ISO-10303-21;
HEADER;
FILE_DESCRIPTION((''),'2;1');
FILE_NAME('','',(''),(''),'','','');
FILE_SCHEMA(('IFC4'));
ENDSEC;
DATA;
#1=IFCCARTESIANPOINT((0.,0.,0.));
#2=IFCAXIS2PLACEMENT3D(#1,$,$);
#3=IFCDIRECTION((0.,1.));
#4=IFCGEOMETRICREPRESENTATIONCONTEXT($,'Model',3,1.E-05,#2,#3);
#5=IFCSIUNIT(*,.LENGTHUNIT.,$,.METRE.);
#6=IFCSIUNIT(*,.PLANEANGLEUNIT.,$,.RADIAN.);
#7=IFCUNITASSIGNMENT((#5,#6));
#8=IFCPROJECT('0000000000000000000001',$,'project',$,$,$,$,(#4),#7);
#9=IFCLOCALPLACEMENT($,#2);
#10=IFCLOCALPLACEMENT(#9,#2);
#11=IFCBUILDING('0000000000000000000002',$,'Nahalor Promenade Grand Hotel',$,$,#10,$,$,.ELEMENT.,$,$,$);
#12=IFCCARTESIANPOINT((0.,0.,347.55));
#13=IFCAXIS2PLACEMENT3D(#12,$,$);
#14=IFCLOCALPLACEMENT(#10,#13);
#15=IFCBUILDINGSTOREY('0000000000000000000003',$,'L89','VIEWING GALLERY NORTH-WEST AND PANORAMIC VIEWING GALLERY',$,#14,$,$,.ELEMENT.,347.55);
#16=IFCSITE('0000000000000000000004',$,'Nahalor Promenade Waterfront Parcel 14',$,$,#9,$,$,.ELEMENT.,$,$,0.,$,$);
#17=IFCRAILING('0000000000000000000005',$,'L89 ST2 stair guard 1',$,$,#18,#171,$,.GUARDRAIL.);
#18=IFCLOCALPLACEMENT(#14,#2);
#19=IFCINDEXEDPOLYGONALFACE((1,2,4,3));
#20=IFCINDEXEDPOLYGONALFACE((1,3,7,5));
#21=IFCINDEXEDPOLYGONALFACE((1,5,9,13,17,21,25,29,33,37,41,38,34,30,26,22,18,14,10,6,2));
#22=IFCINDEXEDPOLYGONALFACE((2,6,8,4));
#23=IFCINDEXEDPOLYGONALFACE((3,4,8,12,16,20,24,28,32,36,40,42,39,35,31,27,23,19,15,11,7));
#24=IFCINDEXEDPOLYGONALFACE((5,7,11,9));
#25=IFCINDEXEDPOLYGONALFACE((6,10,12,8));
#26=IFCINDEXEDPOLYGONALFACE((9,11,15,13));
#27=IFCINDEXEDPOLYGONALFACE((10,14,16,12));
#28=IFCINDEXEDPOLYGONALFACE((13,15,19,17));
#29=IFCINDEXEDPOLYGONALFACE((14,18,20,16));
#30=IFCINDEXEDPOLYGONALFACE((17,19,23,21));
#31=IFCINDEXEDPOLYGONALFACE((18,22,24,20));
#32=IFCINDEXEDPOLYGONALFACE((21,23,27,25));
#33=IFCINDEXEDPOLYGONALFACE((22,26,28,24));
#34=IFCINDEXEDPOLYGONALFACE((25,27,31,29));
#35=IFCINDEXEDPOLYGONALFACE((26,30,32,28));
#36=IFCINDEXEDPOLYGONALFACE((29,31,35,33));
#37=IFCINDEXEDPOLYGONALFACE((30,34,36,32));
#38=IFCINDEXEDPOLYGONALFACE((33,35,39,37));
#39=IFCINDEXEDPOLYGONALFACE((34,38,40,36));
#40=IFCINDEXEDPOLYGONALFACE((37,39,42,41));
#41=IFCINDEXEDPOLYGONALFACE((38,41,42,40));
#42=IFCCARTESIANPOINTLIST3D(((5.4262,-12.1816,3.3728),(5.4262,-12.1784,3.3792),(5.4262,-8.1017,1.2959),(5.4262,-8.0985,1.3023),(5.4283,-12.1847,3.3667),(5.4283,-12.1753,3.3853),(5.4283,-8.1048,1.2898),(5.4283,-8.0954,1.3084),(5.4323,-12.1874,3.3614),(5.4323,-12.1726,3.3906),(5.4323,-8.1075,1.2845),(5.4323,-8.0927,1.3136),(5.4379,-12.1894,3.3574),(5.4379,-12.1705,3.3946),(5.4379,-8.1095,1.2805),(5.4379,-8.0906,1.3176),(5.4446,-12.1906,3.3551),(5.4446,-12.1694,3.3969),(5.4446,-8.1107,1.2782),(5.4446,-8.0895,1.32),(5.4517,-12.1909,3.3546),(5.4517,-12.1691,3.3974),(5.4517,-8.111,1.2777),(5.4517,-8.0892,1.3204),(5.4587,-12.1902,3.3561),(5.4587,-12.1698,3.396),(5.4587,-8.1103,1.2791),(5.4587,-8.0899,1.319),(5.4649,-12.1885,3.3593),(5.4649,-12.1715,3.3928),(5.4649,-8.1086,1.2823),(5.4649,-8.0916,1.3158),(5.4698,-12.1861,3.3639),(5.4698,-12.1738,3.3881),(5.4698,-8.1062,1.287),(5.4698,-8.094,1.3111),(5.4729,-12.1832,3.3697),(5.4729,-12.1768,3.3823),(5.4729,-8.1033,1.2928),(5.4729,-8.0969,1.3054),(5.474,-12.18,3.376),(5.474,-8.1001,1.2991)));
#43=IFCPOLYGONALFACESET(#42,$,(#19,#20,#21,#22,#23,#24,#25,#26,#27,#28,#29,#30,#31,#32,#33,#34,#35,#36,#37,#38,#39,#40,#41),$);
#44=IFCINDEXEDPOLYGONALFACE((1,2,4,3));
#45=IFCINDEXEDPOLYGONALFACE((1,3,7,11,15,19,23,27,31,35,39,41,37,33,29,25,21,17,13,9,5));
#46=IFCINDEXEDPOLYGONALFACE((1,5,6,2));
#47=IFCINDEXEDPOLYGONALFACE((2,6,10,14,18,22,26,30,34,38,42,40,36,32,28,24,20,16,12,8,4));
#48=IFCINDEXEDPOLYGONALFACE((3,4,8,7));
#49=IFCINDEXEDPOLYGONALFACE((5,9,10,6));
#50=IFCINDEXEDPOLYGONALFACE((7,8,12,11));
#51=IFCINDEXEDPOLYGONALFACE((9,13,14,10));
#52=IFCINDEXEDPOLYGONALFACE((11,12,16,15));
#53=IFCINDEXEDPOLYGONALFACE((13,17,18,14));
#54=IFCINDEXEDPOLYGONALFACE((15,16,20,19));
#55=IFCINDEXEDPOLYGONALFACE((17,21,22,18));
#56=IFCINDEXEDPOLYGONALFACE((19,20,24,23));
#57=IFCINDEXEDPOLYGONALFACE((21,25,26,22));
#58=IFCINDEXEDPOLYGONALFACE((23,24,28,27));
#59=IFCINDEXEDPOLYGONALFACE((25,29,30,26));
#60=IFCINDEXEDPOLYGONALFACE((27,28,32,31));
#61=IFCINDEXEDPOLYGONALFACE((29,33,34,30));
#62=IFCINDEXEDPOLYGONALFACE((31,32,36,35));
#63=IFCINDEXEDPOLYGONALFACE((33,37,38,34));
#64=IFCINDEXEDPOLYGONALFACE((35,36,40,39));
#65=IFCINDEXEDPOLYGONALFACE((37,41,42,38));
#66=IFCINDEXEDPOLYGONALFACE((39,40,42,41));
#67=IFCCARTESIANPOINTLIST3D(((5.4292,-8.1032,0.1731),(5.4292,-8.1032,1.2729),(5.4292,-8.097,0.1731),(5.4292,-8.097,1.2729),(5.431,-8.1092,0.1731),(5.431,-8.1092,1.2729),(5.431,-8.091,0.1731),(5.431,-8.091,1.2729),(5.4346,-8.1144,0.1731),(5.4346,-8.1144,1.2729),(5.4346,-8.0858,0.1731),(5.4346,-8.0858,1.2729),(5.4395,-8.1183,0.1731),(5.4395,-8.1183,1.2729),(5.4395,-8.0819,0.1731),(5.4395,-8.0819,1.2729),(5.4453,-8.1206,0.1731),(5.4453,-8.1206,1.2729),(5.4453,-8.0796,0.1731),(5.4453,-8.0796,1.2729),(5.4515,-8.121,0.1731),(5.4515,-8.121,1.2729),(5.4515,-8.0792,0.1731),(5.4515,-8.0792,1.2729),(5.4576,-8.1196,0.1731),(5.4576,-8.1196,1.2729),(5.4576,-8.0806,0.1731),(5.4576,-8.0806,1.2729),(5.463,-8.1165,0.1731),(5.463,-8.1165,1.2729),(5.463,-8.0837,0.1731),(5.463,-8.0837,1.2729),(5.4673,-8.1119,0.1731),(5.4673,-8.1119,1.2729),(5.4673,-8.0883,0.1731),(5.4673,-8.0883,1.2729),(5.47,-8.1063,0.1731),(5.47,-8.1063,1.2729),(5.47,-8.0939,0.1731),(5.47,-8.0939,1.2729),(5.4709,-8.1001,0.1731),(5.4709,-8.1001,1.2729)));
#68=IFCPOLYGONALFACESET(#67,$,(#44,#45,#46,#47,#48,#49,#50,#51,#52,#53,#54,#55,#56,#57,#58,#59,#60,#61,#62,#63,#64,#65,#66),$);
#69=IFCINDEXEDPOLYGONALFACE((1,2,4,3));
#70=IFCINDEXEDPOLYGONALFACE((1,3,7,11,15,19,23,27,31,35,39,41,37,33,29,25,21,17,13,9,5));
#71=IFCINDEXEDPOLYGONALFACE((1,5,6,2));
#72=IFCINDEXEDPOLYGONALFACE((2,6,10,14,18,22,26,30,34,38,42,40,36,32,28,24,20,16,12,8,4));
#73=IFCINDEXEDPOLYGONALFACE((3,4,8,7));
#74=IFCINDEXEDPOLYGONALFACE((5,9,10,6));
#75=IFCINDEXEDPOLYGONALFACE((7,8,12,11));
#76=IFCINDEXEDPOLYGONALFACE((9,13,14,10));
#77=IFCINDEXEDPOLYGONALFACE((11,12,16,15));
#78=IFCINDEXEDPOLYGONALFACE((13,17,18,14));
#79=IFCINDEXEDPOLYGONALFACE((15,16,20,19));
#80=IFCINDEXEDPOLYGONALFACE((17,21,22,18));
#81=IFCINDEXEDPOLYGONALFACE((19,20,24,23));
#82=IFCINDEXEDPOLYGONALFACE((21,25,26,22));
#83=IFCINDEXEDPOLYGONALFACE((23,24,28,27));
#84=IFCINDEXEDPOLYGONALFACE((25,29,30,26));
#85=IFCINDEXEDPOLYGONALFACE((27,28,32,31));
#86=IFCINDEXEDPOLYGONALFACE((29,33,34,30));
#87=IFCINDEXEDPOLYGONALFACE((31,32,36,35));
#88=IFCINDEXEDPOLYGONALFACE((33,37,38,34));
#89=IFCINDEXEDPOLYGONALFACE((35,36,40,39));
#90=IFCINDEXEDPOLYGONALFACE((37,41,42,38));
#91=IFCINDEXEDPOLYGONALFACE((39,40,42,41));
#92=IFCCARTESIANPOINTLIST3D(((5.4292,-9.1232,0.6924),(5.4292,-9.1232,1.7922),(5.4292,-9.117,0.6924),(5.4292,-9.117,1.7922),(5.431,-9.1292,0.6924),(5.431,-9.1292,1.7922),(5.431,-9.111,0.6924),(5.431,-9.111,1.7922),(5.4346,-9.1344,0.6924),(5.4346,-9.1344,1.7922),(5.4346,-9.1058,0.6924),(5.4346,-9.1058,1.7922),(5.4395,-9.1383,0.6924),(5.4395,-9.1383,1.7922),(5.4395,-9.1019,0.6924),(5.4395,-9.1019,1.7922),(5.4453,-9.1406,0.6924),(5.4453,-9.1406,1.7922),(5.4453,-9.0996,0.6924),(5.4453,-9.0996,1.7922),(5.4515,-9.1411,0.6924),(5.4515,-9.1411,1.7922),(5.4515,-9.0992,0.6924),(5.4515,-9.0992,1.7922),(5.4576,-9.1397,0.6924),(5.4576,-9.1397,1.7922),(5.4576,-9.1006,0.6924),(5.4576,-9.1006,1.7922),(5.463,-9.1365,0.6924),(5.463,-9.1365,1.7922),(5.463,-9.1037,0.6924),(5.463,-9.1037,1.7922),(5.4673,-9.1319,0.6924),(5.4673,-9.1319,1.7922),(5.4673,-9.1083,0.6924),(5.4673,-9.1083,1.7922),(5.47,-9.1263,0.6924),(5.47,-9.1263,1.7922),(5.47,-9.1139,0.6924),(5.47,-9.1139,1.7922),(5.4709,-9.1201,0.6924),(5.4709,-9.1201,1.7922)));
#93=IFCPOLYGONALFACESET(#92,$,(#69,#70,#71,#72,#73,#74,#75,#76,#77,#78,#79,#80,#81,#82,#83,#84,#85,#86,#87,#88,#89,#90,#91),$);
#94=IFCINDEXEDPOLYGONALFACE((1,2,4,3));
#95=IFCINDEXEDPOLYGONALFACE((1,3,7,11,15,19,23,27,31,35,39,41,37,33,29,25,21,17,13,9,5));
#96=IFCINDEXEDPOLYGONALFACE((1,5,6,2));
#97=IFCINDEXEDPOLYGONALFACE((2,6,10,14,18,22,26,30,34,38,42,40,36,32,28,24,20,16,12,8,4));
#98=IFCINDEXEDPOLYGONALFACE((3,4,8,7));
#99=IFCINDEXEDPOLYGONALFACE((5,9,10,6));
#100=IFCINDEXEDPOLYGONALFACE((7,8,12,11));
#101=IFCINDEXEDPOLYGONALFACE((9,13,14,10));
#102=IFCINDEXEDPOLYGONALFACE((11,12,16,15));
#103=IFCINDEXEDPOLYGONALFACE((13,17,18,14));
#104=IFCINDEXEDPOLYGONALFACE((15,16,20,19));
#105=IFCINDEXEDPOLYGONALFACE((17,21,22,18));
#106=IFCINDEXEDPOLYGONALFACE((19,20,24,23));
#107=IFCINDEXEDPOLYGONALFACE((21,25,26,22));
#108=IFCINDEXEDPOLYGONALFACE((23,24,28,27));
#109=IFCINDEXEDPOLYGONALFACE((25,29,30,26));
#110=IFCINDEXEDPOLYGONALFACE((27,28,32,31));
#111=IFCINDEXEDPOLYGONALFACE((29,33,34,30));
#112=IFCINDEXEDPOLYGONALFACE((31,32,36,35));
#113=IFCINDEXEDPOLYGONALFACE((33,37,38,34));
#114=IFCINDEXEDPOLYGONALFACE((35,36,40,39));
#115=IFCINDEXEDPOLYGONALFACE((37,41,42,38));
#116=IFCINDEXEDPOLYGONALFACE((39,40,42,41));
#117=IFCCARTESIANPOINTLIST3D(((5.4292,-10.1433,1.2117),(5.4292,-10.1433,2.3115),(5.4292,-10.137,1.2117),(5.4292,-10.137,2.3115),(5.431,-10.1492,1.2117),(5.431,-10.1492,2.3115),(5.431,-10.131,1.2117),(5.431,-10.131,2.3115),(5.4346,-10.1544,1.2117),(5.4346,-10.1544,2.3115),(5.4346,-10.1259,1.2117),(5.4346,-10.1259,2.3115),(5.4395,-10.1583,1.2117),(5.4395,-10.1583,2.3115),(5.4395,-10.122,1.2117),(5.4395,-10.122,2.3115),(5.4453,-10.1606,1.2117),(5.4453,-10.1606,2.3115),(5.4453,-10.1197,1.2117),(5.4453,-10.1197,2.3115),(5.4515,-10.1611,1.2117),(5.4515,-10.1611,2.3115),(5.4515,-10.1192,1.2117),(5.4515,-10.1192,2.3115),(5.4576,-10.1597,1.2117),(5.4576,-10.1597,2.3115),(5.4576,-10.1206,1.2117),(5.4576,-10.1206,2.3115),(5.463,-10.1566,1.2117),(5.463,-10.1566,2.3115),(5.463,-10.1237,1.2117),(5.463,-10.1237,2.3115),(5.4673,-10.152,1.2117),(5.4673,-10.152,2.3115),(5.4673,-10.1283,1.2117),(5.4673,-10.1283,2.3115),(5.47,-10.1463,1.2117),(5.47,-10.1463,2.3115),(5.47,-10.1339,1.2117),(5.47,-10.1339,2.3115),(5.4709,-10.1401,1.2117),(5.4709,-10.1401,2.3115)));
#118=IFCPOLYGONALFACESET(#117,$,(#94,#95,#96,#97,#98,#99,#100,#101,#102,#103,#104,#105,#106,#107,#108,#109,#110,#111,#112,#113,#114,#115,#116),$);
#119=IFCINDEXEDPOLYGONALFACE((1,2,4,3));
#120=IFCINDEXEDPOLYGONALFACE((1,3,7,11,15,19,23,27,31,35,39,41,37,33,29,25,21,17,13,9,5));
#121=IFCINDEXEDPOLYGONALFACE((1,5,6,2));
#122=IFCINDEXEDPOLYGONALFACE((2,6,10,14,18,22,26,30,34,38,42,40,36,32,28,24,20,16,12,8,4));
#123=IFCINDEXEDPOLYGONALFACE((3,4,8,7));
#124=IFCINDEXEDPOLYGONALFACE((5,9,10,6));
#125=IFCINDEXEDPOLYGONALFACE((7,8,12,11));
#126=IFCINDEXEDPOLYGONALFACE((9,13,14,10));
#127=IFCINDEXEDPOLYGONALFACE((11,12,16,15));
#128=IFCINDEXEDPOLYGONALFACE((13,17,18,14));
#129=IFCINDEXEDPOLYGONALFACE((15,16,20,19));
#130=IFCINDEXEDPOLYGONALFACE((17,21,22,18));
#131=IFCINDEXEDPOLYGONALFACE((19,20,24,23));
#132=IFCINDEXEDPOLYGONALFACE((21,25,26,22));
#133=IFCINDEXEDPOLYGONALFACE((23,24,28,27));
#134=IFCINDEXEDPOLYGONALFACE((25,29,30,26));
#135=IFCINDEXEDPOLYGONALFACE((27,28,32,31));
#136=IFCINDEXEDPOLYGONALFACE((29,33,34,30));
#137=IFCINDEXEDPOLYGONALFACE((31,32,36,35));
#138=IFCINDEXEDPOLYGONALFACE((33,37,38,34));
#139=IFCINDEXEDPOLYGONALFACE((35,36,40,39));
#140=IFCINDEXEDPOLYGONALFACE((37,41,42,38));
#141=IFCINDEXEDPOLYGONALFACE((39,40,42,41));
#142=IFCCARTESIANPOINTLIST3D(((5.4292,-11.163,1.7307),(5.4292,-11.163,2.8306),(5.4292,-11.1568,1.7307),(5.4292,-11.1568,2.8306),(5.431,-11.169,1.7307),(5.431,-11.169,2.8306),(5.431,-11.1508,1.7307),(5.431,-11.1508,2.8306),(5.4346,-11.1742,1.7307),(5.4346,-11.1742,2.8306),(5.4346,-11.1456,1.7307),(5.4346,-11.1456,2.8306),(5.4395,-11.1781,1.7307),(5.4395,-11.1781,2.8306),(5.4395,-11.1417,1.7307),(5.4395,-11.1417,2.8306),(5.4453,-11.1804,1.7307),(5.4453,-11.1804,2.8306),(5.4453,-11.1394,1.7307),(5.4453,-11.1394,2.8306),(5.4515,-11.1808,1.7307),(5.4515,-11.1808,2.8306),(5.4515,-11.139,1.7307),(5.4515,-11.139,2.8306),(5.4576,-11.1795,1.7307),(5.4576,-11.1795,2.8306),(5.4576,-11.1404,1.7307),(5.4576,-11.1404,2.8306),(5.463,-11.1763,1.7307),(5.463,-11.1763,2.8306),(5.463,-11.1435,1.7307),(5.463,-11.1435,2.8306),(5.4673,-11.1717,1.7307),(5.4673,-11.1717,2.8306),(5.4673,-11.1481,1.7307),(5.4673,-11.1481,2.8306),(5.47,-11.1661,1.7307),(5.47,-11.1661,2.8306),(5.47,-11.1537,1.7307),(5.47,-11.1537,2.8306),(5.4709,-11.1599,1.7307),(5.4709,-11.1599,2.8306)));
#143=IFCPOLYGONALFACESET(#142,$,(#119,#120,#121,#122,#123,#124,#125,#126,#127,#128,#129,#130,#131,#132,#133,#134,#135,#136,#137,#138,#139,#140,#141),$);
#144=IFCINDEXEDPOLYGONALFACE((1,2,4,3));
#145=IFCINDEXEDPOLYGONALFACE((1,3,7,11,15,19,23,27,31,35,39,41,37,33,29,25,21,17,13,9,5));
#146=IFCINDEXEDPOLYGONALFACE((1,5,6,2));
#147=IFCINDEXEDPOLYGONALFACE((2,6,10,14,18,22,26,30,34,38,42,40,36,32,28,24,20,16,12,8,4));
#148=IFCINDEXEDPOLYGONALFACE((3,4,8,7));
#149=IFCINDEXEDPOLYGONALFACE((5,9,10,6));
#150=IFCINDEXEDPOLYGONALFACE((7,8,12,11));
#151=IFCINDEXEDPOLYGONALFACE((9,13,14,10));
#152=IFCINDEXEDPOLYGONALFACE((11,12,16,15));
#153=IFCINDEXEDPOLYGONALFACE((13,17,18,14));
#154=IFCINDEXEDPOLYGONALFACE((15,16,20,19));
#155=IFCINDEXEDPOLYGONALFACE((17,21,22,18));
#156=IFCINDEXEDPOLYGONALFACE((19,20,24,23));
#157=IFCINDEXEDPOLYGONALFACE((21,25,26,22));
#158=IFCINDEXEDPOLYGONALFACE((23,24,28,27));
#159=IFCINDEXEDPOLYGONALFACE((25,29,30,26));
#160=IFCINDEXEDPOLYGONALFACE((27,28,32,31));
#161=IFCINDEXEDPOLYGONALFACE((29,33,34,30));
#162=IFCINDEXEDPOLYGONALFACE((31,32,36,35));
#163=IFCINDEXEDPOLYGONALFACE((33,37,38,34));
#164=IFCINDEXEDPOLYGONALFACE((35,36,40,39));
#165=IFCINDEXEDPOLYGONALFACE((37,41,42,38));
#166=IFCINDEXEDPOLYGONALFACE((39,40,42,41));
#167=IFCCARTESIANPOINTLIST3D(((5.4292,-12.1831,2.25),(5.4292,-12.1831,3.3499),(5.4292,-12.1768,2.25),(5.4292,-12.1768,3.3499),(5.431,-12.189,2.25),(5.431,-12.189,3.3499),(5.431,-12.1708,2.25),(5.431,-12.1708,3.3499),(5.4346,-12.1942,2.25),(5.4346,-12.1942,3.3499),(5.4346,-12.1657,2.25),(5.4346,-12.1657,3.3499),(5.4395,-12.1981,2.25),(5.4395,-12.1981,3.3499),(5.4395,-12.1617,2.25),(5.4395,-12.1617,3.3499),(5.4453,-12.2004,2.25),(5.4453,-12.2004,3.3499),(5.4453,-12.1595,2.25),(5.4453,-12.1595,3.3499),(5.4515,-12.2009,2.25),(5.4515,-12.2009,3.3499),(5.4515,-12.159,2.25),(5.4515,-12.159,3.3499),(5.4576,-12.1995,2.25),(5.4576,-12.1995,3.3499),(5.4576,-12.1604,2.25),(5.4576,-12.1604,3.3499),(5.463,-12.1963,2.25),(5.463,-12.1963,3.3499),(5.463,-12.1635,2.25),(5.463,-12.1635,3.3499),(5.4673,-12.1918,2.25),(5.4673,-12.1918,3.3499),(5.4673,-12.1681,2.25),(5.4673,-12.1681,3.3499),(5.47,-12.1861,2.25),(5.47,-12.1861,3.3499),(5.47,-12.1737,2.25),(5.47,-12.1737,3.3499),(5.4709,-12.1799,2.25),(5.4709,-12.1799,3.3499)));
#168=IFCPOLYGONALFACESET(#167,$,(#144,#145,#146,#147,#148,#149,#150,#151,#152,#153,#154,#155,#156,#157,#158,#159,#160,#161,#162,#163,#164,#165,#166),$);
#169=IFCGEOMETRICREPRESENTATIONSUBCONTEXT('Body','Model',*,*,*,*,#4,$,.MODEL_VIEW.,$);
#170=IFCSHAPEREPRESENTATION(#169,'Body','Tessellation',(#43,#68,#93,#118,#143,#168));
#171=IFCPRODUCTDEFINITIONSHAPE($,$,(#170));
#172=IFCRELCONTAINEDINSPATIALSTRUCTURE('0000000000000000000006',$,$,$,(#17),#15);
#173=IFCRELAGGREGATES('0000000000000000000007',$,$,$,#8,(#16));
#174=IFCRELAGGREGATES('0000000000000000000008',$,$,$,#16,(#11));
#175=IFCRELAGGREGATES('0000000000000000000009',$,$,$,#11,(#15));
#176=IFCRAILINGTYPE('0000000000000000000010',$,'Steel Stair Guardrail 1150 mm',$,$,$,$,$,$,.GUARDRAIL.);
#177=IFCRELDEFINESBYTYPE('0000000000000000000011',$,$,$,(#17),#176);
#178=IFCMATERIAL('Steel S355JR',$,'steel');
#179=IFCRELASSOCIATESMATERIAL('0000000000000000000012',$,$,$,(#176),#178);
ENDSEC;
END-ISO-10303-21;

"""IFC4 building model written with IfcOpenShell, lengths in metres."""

from ifc_helpers import new_model, si_unit, direction, frame, origin, origin_2d, place, context, subcontext, project, spatial, circle, extrude, material, type_object, element, save


model = new_model("IFC4")

# Units and contexts
model_context = context("Model", 3, precision=1e-05, world=origin(), true_north=direction((0.0, 1.0)))
body_context = subcontext(model_context, "Body", "Model", "MODEL_VIEW")
ifc_project = project(units=[si_unit("LENGTHUNIT", "METRE"), si_unit("PLANEANGLEUNIT", "RADIAN")], contexts=[model_context])

# Site, building, storey
site_placement = place(None, origin())
site = spatial("IfcSite", under=ifc_project, at=site_placement, Name="Nahalor Promenade Waterfront Parcel 14", CompositionType="ELEMENT", RefElevation=0.0)
building_placement = place(site_placement, origin())
building = spatial("IfcBuilding", under=site, at=building_placement, Name="Nahalor Promenade Grand Hotel", CompositionType="ELEMENT")
storey_placement = place(building_placement, frame((0.0, 0.0, 347.55)))
storey = spatial("IfcBuildingStorey", under=building, at=storey_placement, Name="L89", Description="VIEWING GALLERY NORTH-WEST AND PANORAMIC VIEWING GALLERY", CompositionType="ELEMENT", Elevation=347.55)

# Shared definitions
ifc_material_1 = material(Name="Steel S355JR", Category="steel")

# Railing
railing_type_1 = type_object("IfcRailingType", Name="Steel Stair Guardrail 1150 mm", PredefinedType="GUARDRAIL", material=ifc_material_1)
railing_1_placement = place(storey_placement, frame((5.45, -8.1001, 0.1731)))
element("IfcRailing", 1, at=railing_1_placement, inside=storey, type_object=railing_type_1, Name="L89 ST2 stair guard 1", PredefinedType="GUARDRAIL", context=body_context, shape_type="SweptSolid", body=[
    extrude(circle(Radius=0.024, at=origin_2d()), frame((0.0, 0.0, 1.126), z_axis=(0.0, -0.891172, 0.453665), x_axis=(1.0, 0.0, 0.0)), (0.0, 0.0, 1.0), 4.5781),
    extrude(circle(Radius=0.021, at=origin_2d()), origin(), (0.0, 0.0, 1.0), 1.0999),
    extrude(circle(Radius=0.021, at=origin_2d()), frame((0.0, -1.02, 0.5193)), (0.0, 0.0, 1.0), 1.0999),
    extrude(circle(Radius=0.021, at=origin_2d()), frame((0.0, -2.04, 1.0386)), (0.0, 0.0, 1.0), 1.0999),
    extrude(circle(Radius=0.021, at=origin_2d()), frame((0.0, -3.0598, 1.5576)), (0.0, 0.0, 1.0), 1.0999),
    extrude(circle(Radius=0.021, at=origin_2d()), frame((0.0, -4.0798, 2.0769)), (0.0, 0.0, 1.0), 1.0999),
])

save(model, "model.ifc")
